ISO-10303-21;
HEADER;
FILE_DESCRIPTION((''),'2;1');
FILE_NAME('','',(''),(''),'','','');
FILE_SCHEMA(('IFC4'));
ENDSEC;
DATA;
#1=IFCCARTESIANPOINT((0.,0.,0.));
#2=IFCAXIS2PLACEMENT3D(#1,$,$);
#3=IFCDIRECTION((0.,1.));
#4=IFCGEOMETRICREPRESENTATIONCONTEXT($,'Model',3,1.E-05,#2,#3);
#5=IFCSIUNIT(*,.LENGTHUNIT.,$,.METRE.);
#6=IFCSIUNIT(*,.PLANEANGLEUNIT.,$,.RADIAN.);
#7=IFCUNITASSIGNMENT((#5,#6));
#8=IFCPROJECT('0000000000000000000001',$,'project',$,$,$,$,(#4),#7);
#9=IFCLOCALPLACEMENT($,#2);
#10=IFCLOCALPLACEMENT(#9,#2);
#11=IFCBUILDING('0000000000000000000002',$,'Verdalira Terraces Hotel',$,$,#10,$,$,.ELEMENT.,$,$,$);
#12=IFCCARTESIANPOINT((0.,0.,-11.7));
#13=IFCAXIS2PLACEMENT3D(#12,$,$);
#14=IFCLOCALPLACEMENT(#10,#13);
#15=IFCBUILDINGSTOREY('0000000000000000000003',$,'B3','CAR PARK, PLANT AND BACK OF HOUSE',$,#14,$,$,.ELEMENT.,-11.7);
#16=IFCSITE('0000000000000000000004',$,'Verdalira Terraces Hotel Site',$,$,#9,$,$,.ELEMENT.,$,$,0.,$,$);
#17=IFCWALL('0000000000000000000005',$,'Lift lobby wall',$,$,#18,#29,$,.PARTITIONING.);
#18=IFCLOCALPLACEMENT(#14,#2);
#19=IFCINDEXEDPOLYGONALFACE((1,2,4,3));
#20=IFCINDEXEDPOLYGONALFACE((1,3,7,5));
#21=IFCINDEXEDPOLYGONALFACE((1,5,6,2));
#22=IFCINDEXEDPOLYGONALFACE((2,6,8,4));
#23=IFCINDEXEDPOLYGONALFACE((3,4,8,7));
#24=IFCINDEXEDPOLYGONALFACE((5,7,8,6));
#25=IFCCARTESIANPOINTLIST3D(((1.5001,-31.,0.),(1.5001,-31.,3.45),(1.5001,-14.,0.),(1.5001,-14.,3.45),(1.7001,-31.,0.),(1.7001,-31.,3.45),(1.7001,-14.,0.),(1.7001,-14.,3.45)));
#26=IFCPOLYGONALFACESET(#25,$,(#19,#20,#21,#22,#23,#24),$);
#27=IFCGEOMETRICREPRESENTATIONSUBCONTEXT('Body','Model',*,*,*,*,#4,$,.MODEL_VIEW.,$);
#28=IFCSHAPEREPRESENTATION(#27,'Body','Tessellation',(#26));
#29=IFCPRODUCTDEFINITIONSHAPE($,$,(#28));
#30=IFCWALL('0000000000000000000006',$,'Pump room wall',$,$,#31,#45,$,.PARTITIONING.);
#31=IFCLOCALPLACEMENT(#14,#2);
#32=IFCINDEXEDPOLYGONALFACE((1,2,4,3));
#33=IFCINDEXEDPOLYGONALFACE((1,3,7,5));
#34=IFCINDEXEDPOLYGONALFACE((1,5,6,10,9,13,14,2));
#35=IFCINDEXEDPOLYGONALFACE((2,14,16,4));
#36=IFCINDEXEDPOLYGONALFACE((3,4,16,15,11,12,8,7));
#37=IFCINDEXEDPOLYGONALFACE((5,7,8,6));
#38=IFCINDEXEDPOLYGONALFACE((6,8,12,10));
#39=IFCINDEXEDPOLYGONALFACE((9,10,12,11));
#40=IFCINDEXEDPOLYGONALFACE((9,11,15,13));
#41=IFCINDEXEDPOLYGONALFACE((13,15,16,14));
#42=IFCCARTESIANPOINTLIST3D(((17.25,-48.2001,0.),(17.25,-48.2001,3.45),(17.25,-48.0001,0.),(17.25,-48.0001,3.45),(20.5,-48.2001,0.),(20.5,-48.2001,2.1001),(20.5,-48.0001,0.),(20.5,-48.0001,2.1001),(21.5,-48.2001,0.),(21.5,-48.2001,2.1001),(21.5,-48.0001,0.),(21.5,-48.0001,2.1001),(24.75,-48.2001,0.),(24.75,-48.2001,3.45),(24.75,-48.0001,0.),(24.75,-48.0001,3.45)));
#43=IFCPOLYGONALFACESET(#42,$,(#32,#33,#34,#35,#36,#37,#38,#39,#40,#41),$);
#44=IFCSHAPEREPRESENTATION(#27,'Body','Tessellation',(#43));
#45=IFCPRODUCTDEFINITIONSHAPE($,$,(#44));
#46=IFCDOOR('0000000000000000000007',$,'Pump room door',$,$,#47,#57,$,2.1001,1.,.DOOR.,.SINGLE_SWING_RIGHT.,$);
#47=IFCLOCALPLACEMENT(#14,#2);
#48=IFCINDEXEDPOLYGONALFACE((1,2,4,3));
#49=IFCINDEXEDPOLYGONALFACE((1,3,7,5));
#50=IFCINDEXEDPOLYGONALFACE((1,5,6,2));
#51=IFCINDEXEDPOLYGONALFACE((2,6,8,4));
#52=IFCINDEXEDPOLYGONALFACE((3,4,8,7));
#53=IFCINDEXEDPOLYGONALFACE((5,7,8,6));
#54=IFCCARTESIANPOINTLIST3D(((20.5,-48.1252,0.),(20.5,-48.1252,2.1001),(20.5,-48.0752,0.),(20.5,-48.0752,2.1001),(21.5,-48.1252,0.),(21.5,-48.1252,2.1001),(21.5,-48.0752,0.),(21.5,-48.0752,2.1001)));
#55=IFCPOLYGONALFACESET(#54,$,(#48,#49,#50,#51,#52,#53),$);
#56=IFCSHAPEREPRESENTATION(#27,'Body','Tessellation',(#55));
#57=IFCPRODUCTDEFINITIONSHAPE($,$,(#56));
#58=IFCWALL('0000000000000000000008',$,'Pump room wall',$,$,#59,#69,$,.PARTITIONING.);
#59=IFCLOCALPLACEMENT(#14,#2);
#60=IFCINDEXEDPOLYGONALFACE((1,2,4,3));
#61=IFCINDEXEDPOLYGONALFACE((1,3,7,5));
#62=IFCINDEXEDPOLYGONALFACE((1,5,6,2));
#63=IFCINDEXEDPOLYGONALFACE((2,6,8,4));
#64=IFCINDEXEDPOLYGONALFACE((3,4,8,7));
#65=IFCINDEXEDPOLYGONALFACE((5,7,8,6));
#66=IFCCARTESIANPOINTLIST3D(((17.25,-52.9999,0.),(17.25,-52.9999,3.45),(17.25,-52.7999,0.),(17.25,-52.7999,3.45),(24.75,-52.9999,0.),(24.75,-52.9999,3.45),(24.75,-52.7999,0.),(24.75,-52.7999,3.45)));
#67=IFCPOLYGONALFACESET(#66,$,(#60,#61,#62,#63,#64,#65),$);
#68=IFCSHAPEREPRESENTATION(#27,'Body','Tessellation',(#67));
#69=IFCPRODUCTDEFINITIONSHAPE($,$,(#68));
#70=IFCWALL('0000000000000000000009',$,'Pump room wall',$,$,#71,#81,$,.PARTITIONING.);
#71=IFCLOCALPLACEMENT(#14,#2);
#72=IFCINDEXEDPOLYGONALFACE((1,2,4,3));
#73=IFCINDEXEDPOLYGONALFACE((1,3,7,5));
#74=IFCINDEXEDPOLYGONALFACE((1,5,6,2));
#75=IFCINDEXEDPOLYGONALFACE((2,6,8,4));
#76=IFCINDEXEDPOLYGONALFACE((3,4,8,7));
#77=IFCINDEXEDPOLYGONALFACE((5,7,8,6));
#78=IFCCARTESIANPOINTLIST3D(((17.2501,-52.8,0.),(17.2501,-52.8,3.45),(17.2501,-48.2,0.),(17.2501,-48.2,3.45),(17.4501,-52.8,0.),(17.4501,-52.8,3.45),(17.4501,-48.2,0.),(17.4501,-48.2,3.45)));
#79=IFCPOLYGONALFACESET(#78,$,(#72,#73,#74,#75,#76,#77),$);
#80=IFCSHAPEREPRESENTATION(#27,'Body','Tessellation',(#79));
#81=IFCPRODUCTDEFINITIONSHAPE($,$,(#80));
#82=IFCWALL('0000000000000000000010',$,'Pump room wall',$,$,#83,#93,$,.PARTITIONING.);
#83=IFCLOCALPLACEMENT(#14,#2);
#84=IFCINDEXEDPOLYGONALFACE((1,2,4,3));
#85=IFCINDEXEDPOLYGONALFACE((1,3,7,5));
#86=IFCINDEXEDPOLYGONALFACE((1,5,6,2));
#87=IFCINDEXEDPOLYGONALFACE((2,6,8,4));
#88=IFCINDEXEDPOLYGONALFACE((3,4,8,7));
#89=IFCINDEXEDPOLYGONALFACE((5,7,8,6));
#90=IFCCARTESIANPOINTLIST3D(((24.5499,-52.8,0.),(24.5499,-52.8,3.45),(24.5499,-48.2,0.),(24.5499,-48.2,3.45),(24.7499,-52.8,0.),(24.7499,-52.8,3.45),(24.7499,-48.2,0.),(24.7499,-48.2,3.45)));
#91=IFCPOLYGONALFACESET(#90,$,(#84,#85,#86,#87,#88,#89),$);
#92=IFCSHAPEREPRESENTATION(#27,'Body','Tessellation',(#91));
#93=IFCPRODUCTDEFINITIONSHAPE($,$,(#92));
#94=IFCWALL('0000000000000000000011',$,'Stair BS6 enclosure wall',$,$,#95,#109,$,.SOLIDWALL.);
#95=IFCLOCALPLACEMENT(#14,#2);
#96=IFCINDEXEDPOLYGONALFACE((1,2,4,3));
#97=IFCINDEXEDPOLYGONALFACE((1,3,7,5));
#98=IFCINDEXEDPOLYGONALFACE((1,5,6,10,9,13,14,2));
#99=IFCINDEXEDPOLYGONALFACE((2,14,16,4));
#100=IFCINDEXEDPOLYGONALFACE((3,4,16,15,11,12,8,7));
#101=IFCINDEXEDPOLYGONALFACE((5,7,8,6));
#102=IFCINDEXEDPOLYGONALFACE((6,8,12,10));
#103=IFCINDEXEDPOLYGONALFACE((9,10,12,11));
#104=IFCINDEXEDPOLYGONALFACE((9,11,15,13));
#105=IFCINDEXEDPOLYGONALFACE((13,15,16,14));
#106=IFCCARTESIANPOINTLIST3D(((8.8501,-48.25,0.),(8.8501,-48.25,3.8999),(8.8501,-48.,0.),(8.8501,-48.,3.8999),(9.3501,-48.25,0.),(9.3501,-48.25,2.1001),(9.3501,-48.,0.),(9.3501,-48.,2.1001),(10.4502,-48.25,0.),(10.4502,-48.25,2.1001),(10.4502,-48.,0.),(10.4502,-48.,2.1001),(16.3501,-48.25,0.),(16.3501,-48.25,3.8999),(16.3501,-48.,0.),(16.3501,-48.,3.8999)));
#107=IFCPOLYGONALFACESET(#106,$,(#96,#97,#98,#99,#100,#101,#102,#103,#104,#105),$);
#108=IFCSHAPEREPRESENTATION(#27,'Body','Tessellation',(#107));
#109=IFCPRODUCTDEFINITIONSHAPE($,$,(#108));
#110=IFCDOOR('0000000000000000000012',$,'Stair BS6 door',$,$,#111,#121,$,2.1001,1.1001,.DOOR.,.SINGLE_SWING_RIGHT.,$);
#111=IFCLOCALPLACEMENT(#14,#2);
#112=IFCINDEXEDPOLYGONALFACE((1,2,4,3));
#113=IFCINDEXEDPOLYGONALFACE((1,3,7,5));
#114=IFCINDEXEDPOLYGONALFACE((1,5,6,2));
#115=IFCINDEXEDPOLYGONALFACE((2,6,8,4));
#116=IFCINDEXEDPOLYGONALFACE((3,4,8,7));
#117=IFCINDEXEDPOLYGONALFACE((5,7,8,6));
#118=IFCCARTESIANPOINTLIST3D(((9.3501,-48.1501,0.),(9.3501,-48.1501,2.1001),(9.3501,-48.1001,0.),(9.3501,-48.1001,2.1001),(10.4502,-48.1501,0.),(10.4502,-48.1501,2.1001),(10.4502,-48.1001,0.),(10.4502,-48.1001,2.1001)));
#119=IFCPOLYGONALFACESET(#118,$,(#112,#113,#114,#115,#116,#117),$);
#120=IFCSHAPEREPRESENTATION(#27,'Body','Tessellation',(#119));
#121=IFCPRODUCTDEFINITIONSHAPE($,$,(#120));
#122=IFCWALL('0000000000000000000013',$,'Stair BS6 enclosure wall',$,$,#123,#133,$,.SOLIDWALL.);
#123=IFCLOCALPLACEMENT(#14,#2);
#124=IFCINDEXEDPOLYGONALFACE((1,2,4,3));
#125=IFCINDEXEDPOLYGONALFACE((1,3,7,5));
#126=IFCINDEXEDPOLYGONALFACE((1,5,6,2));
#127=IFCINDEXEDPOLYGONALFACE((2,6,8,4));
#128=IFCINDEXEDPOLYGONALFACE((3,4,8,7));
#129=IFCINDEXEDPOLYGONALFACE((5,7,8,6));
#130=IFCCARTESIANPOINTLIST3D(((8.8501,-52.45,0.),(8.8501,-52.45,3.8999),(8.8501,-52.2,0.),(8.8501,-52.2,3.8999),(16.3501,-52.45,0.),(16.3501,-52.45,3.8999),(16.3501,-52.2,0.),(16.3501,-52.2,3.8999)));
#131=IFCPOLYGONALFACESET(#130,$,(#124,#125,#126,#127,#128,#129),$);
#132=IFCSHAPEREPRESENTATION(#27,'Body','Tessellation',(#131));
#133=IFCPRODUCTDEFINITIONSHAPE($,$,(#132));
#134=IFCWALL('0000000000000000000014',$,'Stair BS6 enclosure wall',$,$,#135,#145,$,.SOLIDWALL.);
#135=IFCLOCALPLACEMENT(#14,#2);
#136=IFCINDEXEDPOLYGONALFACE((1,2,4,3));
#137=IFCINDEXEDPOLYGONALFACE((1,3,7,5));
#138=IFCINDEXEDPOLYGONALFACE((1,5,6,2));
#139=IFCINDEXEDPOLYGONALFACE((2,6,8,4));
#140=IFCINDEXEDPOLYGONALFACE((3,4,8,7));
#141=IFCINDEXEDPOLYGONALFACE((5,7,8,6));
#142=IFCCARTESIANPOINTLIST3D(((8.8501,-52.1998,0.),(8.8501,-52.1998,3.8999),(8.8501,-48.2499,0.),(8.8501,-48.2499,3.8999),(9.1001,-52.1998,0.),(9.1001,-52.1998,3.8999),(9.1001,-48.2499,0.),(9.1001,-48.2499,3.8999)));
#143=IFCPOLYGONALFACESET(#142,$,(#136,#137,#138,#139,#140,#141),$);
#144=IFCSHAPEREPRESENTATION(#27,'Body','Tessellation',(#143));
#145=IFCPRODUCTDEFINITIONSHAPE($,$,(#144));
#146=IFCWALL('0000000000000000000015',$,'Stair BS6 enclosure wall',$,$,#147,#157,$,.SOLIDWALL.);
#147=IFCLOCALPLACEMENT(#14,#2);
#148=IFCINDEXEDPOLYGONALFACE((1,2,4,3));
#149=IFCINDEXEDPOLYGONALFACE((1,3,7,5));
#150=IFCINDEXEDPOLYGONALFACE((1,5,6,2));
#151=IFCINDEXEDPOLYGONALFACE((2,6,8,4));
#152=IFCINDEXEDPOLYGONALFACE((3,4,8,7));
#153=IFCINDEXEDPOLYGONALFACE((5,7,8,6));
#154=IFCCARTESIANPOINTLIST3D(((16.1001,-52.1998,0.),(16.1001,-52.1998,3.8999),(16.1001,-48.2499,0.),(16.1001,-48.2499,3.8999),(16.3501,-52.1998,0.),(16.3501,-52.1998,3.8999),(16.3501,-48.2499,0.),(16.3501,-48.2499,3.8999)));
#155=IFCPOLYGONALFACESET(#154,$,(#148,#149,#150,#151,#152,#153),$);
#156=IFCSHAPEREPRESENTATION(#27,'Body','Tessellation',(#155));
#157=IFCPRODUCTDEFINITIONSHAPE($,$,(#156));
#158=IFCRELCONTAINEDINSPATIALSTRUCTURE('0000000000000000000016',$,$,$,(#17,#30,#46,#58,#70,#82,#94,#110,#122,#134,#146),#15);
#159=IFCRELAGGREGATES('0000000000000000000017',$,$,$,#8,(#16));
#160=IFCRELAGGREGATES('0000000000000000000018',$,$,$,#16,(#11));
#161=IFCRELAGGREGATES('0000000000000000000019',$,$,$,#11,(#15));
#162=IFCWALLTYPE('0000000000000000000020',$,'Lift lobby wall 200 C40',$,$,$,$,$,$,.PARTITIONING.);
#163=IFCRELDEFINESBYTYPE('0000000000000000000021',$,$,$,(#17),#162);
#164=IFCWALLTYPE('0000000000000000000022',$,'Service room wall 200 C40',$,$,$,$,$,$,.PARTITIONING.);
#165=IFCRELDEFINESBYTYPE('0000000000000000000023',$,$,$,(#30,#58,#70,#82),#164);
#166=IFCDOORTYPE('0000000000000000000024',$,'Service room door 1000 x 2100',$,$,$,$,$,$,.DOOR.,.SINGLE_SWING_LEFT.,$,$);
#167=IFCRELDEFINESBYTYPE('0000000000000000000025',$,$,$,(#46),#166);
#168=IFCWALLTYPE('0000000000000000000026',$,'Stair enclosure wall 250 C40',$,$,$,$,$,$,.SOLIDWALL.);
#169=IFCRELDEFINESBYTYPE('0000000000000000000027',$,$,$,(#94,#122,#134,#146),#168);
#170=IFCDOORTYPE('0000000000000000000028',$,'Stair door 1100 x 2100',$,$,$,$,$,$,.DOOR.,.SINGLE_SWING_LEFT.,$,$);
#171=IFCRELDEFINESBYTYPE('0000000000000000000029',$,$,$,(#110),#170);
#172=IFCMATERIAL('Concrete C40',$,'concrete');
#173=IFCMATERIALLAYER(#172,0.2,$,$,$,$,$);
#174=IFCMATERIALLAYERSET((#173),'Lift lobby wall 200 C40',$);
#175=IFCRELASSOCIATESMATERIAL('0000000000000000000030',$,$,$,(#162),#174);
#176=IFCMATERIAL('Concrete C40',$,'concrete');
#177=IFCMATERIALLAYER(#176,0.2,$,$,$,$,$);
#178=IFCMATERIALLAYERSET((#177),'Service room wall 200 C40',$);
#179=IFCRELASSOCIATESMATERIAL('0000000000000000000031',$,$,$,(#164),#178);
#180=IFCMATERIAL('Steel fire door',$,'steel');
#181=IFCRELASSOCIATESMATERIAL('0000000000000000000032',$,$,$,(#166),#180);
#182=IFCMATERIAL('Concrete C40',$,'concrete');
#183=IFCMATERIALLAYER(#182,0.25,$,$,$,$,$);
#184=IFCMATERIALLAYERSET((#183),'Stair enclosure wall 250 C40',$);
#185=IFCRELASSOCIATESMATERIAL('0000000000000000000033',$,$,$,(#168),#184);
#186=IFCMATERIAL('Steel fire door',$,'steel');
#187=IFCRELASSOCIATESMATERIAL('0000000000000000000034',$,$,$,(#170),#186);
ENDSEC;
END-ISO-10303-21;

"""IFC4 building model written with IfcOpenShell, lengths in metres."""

from ifc_helpers import new_model, si_unit, direction, frame, frame_2d, origin, place, context, subcontext, project, spatial, rectangle, extrude, material, layer, layer_set, type_object, element, fill, save


model = new_model("IFC4")

# Units and contexts
model_context = context("Model", 3, precision=1e-05, world=origin(), true_north=direction((0.0, 1.0)))
body_context = subcontext(model_context, "Body", "Model", "MODEL_VIEW")
ifc_project = project(units=[si_unit("LENGTHUNIT", "METRE"), si_unit("PLANEANGLEUNIT", "RADIAN")], contexts=[model_context])

# Site, building, storey
site_placement = place(None, origin())
site = spatial("IfcSite", under=ifc_project, at=site_placement, Name="Verdalira Terraces Hotel Site", CompositionType="ELEMENT", RefElevation=0.0)
building_placement = place(site_placement, origin())
building = spatial("IfcBuilding", under=site, at=building_placement, Name="Verdalira Terraces Hotel", CompositionType="ELEMENT")
storey_placement = place(building_placement, frame((0.0, 0.0, -11.7)))
storey = spatial("IfcBuildingStorey", under=building, at=storey_placement, Name="B3", Description="CAR PARK, PLANT AND BACK OF HOUSE", CompositionType="ELEMENT", Elevation=-11.7)

# Wall
ifc_material_1 = material(Name="Concrete C40", Category="concrete")
ifc_layer_1 = layer(ifc_material_1, 0.2)
ifc_layer_set_1 = layer_set([ifc_layer_1], Name="Lift lobby wall 200 C40")
wall_type_1 = type_object("IfcWallType", Name="Lift lobby wall 200 C40", PredefinedType="PARTITIONING", material=ifc_layer_set_1)
wall_1_placement = place(storey_placement, frame((1.6001, -31.0, 0.0), z_axis=(0.0, 0.0, 1.0), x_axis=(0.0, 1.0, 0.0)))
element("IfcWall", 1, at=wall_1_placement, inside=storey, type_object=wall_type_1, Name="Lift lobby wall", PredefinedType="PARTITIONING", context=body_context, shape_type="SweptSolid", body=[
    extrude(rectangle(XDim=17.0, YDim=0.2, at=frame_2d((8.5, 0.0))), origin(), (0.0, 0.0, 1.0), 3.45),
])

# Wall, opening, door
ifc_material_2 = material(Name="Concrete C40", Category="concrete")
ifc_layer_2 = layer(ifc_material_2, 0.2)
ifc_layer_set_2 = layer_set([ifc_layer_2], Name="Service room wall 200 C40")
wall_type_2 = type_object("IfcWallType", Name="Service room wall 200 C40", PredefinedType="PARTITIONING", material=ifc_layer_set_2)
wall_2_placement = place(storey_placement, frame((17.25, -48.1001, 0.0), z_axis=(0.0, 0.0, 1.0), x_axis=(1.0, 0.0, 0.0)))
wall_2 = element("IfcWall", 2, at=wall_2_placement, inside=storey, type_object=wall_type_2, Name="Pump room wall", PredefinedType="PARTITIONING", context=body_context, shape_type="SweptSolid", body=[
    extrude(rectangle(XDim=7.5, YDim=0.2, at=frame_2d((3.75, 0.0))), origin(), (0.0, 0.0, 1.0), 3.45),
])
opening_1_placement = place(wall_2_placement, frame((3.25, 0.0, 0.0)))
opening_1 = element("IfcOpeningElement", 3, at=opening_1_placement, cuts=wall_2, PredefinedType="OPENING", context=body_context, shape_type="SweptSolid", body=[
    extrude(rectangle(XDim=1.0, YDim=2.1001, at=frame_2d((0.5, 1.05))), frame((0.0, 0.1099, 0.0), z_axis=(0.0, -1.0, 0.0), x_axis=(1.0, 0.0, 0.0)), (0.0, 0.0, 1.0), 0.22),
])
ifc_material_3 = material(Name="Steel fire door", Category="steel")
door_type_1 = type_object("IfcDoorType", Name="Service room door 1000 x 2100", OperationType="SINGLE_SWING_LEFT", PredefinedType="DOOR", material=ifc_material_3)
door_1_placement = place(opening_1_placement, origin())
door_1 = element("IfcDoor", 4, at=door_1_placement, inside=storey, type_object=door_type_1, Name="Pump room door", OperationType="SINGLE_SWING_RIGHT", OverallHeight=2.1001, OverallWidth=1.0, PredefinedType="DOOR", context=body_context, shape_type="SweptSolid", body=[
    extrude(rectangle(XDim=1.0, YDim=2.1001, at=frame_2d((0.5, 1.05))), frame((0.0, 0.0249, 0.0), z_axis=(0.0, -1.0, 0.0), x_axis=(1.0, 0.0, 0.0)), (0.0, 0.0, 1.0), 0.05),
])
fill(opening_1, door_1)

# Walls
wall_3_placement = place(storey_placement, frame((17.25, -52.8999, 0.0), z_axis=(0.0, 0.0, 1.0), x_axis=(1.0, 0.0, 0.0)))
element("IfcWall", 5, at=wall_3_placement, inside=storey, type_object=wall_type_2, Name="Pump room wall", PredefinedType="PARTITIONING", context=body_context, shape_type="SweptSolid", body=[
    extrude(rectangle(XDim=7.5, YDim=0.2, at=frame_2d((3.75, 0.0))), origin(), (0.0, 0.0, 1.0), 3.45),
])
for number, where, z_axis, x_axis, name in (
    (6, (17.3501, -52.8, 0.0), (0.0, 0.0, 1.0), (0.0, 1.0, 0.0), "Pump room wall"),
    (7, (24.6499, -52.8, 0.0), (0.0, 0.0, 1.0), (0.0, 1.0, 0.0), "Pump room wall"),
):
    element("IfcWall", number, at=place(storey_placement, frame(where, z_axis=z_axis, x_axis=x_axis)), inside=storey, type_object=wall_type_2, Name=name, PredefinedType="PARTITIONING", context=body_context, shape_type="SweptSolid", body=[
        extrude(rectangle(XDim=4.6001, YDim=0.2, at=frame_2d((2.3, 0.0))), origin(), (0.0, 0.0, 1.0), 3.45),
    ])

# Wall, opening, door
ifc_material_4 = material(Name="Concrete C40", Category="concrete")
ifc_layer_3 = layer(ifc_material_4, 0.25)
ifc_layer_set_3 = layer_set([ifc_layer_3], Name="Stair enclosure wall 250 C40")
wall_type_3 = type_object("IfcWallType", Name="Stair enclosure wall 250 C40", PredefinedType="SOLIDWALL", material=ifc_layer_set_3)
wall_4_placement = place(storey_placement, frame((8.8501, -48.125, 0.0), z_axis=(0.0, 0.0, 1.0), x_axis=(1.0, 0.0, 0.0)))
wall_4 = element("IfcWall", 8, at=wall_4_placement, inside=storey, type_object=wall_type_3, Name="Stair BS6 enclosure wall", PredefinedType="SOLIDWALL", context=body_context, shape_type="SweptSolid", body=[
    extrude(rectangle(XDim=7.5, YDim=0.25, at=frame_2d((3.75, 0.0))), origin(), (0.0, 0.0, 1.0), 3.8999),
])
opening_2_placement = place(wall_4_placement, frame((0.5, 0.0, 0.0)))
opening_2 = element("IfcOpeningElement", 9, at=opening_2_placement, cuts=wall_4, PredefinedType="OPENING", context=body_context, shape_type="SweptSolid", body=[
    extrude(rectangle(XDim=1.1001, YDim=2.1001, at=frame_2d((0.55, 1.05))), frame((0.0, 0.135, 0.0), z_axis=(0.0, -1.0, 0.0), x_axis=(1.0, 0.0, 0.0)), (0.0, 0.0, 1.0), 0.27),
])
ifc_material_5 = material(Name="Steel fire door", Category="steel")
door_type_2 = type_object("IfcDoorType", Name="Stair door 1100 x 2100", OperationType="SINGLE_SWING_LEFT", PredefinedType="DOOR", material=ifc_material_5)
door_2_placement = place(opening_2_placement, origin())
door_2 = element("IfcDoor", 10, at=door_2_placement, inside=storey, type_object=door_type_2, Name="Stair BS6 door", OperationType="SINGLE_SWING_RIGHT", OverallHeight=2.1001, OverallWidth=1.1001, PredefinedType="DOOR", context=body_context, shape_type="SweptSolid", body=[
    extrude(rectangle(XDim=1.1001, YDim=2.1001, at=frame_2d((0.55, 1.05))), frame((0.0, 0.0249, 0.0), z_axis=(0.0, -1.0, 0.0), x_axis=(1.0, 0.0, 0.0)), (0.0, 0.0, 1.0), 0.05),
])
fill(opening_2, door_2)

# Walls
wall_5_placement = place(storey_placement, frame((8.8501, -52.325, 0.0), z_axis=(0.0, 0.0, 1.0), x_axis=(1.0, 0.0, 0.0)))
element("IfcWall", 11, at=wall_5_placement, inside=storey, type_object=wall_type_3, Name="Stair BS6 enclosure wall", PredefinedType="SOLIDWALL", context=body_context, shape_type="SweptSolid", body=[
    extrude(rectangle(XDim=7.5, YDim=0.25, at=frame_2d((3.75, 0.0))), origin(), (0.0, 0.0, 1.0), 3.8999),
])
for number, where, z_axis, x_axis, name in (
    (12, (8.9751, -52.2, 0.0), (0.0, 0.0, 1.0), (0.0, 1.0, 0.0), "Stair BS6 enclosure wall"),
    (13, (16.2251, -52.2, 0.0), (0.0, 0.0, 1.0), (0.0, 1.0, 0.0), "Stair BS6 enclosure wall"),
):
    element("IfcWall", number, at=place(storey_placement, frame(where, z_axis=z_axis, x_axis=x_axis)), inside=storey, type_object=wall_type_3, Name=name, PredefinedType="SOLIDWALL", context=body_context, shape_type="SweptSolid", body=[
        extrude(rectangle(XDim=3.95, YDim=0.25, at=frame_2d((1.9751, 0.0))), origin(), (0.0, 0.0, 1.0), 3.8999),
    ])

save(model, "model.ifc")
